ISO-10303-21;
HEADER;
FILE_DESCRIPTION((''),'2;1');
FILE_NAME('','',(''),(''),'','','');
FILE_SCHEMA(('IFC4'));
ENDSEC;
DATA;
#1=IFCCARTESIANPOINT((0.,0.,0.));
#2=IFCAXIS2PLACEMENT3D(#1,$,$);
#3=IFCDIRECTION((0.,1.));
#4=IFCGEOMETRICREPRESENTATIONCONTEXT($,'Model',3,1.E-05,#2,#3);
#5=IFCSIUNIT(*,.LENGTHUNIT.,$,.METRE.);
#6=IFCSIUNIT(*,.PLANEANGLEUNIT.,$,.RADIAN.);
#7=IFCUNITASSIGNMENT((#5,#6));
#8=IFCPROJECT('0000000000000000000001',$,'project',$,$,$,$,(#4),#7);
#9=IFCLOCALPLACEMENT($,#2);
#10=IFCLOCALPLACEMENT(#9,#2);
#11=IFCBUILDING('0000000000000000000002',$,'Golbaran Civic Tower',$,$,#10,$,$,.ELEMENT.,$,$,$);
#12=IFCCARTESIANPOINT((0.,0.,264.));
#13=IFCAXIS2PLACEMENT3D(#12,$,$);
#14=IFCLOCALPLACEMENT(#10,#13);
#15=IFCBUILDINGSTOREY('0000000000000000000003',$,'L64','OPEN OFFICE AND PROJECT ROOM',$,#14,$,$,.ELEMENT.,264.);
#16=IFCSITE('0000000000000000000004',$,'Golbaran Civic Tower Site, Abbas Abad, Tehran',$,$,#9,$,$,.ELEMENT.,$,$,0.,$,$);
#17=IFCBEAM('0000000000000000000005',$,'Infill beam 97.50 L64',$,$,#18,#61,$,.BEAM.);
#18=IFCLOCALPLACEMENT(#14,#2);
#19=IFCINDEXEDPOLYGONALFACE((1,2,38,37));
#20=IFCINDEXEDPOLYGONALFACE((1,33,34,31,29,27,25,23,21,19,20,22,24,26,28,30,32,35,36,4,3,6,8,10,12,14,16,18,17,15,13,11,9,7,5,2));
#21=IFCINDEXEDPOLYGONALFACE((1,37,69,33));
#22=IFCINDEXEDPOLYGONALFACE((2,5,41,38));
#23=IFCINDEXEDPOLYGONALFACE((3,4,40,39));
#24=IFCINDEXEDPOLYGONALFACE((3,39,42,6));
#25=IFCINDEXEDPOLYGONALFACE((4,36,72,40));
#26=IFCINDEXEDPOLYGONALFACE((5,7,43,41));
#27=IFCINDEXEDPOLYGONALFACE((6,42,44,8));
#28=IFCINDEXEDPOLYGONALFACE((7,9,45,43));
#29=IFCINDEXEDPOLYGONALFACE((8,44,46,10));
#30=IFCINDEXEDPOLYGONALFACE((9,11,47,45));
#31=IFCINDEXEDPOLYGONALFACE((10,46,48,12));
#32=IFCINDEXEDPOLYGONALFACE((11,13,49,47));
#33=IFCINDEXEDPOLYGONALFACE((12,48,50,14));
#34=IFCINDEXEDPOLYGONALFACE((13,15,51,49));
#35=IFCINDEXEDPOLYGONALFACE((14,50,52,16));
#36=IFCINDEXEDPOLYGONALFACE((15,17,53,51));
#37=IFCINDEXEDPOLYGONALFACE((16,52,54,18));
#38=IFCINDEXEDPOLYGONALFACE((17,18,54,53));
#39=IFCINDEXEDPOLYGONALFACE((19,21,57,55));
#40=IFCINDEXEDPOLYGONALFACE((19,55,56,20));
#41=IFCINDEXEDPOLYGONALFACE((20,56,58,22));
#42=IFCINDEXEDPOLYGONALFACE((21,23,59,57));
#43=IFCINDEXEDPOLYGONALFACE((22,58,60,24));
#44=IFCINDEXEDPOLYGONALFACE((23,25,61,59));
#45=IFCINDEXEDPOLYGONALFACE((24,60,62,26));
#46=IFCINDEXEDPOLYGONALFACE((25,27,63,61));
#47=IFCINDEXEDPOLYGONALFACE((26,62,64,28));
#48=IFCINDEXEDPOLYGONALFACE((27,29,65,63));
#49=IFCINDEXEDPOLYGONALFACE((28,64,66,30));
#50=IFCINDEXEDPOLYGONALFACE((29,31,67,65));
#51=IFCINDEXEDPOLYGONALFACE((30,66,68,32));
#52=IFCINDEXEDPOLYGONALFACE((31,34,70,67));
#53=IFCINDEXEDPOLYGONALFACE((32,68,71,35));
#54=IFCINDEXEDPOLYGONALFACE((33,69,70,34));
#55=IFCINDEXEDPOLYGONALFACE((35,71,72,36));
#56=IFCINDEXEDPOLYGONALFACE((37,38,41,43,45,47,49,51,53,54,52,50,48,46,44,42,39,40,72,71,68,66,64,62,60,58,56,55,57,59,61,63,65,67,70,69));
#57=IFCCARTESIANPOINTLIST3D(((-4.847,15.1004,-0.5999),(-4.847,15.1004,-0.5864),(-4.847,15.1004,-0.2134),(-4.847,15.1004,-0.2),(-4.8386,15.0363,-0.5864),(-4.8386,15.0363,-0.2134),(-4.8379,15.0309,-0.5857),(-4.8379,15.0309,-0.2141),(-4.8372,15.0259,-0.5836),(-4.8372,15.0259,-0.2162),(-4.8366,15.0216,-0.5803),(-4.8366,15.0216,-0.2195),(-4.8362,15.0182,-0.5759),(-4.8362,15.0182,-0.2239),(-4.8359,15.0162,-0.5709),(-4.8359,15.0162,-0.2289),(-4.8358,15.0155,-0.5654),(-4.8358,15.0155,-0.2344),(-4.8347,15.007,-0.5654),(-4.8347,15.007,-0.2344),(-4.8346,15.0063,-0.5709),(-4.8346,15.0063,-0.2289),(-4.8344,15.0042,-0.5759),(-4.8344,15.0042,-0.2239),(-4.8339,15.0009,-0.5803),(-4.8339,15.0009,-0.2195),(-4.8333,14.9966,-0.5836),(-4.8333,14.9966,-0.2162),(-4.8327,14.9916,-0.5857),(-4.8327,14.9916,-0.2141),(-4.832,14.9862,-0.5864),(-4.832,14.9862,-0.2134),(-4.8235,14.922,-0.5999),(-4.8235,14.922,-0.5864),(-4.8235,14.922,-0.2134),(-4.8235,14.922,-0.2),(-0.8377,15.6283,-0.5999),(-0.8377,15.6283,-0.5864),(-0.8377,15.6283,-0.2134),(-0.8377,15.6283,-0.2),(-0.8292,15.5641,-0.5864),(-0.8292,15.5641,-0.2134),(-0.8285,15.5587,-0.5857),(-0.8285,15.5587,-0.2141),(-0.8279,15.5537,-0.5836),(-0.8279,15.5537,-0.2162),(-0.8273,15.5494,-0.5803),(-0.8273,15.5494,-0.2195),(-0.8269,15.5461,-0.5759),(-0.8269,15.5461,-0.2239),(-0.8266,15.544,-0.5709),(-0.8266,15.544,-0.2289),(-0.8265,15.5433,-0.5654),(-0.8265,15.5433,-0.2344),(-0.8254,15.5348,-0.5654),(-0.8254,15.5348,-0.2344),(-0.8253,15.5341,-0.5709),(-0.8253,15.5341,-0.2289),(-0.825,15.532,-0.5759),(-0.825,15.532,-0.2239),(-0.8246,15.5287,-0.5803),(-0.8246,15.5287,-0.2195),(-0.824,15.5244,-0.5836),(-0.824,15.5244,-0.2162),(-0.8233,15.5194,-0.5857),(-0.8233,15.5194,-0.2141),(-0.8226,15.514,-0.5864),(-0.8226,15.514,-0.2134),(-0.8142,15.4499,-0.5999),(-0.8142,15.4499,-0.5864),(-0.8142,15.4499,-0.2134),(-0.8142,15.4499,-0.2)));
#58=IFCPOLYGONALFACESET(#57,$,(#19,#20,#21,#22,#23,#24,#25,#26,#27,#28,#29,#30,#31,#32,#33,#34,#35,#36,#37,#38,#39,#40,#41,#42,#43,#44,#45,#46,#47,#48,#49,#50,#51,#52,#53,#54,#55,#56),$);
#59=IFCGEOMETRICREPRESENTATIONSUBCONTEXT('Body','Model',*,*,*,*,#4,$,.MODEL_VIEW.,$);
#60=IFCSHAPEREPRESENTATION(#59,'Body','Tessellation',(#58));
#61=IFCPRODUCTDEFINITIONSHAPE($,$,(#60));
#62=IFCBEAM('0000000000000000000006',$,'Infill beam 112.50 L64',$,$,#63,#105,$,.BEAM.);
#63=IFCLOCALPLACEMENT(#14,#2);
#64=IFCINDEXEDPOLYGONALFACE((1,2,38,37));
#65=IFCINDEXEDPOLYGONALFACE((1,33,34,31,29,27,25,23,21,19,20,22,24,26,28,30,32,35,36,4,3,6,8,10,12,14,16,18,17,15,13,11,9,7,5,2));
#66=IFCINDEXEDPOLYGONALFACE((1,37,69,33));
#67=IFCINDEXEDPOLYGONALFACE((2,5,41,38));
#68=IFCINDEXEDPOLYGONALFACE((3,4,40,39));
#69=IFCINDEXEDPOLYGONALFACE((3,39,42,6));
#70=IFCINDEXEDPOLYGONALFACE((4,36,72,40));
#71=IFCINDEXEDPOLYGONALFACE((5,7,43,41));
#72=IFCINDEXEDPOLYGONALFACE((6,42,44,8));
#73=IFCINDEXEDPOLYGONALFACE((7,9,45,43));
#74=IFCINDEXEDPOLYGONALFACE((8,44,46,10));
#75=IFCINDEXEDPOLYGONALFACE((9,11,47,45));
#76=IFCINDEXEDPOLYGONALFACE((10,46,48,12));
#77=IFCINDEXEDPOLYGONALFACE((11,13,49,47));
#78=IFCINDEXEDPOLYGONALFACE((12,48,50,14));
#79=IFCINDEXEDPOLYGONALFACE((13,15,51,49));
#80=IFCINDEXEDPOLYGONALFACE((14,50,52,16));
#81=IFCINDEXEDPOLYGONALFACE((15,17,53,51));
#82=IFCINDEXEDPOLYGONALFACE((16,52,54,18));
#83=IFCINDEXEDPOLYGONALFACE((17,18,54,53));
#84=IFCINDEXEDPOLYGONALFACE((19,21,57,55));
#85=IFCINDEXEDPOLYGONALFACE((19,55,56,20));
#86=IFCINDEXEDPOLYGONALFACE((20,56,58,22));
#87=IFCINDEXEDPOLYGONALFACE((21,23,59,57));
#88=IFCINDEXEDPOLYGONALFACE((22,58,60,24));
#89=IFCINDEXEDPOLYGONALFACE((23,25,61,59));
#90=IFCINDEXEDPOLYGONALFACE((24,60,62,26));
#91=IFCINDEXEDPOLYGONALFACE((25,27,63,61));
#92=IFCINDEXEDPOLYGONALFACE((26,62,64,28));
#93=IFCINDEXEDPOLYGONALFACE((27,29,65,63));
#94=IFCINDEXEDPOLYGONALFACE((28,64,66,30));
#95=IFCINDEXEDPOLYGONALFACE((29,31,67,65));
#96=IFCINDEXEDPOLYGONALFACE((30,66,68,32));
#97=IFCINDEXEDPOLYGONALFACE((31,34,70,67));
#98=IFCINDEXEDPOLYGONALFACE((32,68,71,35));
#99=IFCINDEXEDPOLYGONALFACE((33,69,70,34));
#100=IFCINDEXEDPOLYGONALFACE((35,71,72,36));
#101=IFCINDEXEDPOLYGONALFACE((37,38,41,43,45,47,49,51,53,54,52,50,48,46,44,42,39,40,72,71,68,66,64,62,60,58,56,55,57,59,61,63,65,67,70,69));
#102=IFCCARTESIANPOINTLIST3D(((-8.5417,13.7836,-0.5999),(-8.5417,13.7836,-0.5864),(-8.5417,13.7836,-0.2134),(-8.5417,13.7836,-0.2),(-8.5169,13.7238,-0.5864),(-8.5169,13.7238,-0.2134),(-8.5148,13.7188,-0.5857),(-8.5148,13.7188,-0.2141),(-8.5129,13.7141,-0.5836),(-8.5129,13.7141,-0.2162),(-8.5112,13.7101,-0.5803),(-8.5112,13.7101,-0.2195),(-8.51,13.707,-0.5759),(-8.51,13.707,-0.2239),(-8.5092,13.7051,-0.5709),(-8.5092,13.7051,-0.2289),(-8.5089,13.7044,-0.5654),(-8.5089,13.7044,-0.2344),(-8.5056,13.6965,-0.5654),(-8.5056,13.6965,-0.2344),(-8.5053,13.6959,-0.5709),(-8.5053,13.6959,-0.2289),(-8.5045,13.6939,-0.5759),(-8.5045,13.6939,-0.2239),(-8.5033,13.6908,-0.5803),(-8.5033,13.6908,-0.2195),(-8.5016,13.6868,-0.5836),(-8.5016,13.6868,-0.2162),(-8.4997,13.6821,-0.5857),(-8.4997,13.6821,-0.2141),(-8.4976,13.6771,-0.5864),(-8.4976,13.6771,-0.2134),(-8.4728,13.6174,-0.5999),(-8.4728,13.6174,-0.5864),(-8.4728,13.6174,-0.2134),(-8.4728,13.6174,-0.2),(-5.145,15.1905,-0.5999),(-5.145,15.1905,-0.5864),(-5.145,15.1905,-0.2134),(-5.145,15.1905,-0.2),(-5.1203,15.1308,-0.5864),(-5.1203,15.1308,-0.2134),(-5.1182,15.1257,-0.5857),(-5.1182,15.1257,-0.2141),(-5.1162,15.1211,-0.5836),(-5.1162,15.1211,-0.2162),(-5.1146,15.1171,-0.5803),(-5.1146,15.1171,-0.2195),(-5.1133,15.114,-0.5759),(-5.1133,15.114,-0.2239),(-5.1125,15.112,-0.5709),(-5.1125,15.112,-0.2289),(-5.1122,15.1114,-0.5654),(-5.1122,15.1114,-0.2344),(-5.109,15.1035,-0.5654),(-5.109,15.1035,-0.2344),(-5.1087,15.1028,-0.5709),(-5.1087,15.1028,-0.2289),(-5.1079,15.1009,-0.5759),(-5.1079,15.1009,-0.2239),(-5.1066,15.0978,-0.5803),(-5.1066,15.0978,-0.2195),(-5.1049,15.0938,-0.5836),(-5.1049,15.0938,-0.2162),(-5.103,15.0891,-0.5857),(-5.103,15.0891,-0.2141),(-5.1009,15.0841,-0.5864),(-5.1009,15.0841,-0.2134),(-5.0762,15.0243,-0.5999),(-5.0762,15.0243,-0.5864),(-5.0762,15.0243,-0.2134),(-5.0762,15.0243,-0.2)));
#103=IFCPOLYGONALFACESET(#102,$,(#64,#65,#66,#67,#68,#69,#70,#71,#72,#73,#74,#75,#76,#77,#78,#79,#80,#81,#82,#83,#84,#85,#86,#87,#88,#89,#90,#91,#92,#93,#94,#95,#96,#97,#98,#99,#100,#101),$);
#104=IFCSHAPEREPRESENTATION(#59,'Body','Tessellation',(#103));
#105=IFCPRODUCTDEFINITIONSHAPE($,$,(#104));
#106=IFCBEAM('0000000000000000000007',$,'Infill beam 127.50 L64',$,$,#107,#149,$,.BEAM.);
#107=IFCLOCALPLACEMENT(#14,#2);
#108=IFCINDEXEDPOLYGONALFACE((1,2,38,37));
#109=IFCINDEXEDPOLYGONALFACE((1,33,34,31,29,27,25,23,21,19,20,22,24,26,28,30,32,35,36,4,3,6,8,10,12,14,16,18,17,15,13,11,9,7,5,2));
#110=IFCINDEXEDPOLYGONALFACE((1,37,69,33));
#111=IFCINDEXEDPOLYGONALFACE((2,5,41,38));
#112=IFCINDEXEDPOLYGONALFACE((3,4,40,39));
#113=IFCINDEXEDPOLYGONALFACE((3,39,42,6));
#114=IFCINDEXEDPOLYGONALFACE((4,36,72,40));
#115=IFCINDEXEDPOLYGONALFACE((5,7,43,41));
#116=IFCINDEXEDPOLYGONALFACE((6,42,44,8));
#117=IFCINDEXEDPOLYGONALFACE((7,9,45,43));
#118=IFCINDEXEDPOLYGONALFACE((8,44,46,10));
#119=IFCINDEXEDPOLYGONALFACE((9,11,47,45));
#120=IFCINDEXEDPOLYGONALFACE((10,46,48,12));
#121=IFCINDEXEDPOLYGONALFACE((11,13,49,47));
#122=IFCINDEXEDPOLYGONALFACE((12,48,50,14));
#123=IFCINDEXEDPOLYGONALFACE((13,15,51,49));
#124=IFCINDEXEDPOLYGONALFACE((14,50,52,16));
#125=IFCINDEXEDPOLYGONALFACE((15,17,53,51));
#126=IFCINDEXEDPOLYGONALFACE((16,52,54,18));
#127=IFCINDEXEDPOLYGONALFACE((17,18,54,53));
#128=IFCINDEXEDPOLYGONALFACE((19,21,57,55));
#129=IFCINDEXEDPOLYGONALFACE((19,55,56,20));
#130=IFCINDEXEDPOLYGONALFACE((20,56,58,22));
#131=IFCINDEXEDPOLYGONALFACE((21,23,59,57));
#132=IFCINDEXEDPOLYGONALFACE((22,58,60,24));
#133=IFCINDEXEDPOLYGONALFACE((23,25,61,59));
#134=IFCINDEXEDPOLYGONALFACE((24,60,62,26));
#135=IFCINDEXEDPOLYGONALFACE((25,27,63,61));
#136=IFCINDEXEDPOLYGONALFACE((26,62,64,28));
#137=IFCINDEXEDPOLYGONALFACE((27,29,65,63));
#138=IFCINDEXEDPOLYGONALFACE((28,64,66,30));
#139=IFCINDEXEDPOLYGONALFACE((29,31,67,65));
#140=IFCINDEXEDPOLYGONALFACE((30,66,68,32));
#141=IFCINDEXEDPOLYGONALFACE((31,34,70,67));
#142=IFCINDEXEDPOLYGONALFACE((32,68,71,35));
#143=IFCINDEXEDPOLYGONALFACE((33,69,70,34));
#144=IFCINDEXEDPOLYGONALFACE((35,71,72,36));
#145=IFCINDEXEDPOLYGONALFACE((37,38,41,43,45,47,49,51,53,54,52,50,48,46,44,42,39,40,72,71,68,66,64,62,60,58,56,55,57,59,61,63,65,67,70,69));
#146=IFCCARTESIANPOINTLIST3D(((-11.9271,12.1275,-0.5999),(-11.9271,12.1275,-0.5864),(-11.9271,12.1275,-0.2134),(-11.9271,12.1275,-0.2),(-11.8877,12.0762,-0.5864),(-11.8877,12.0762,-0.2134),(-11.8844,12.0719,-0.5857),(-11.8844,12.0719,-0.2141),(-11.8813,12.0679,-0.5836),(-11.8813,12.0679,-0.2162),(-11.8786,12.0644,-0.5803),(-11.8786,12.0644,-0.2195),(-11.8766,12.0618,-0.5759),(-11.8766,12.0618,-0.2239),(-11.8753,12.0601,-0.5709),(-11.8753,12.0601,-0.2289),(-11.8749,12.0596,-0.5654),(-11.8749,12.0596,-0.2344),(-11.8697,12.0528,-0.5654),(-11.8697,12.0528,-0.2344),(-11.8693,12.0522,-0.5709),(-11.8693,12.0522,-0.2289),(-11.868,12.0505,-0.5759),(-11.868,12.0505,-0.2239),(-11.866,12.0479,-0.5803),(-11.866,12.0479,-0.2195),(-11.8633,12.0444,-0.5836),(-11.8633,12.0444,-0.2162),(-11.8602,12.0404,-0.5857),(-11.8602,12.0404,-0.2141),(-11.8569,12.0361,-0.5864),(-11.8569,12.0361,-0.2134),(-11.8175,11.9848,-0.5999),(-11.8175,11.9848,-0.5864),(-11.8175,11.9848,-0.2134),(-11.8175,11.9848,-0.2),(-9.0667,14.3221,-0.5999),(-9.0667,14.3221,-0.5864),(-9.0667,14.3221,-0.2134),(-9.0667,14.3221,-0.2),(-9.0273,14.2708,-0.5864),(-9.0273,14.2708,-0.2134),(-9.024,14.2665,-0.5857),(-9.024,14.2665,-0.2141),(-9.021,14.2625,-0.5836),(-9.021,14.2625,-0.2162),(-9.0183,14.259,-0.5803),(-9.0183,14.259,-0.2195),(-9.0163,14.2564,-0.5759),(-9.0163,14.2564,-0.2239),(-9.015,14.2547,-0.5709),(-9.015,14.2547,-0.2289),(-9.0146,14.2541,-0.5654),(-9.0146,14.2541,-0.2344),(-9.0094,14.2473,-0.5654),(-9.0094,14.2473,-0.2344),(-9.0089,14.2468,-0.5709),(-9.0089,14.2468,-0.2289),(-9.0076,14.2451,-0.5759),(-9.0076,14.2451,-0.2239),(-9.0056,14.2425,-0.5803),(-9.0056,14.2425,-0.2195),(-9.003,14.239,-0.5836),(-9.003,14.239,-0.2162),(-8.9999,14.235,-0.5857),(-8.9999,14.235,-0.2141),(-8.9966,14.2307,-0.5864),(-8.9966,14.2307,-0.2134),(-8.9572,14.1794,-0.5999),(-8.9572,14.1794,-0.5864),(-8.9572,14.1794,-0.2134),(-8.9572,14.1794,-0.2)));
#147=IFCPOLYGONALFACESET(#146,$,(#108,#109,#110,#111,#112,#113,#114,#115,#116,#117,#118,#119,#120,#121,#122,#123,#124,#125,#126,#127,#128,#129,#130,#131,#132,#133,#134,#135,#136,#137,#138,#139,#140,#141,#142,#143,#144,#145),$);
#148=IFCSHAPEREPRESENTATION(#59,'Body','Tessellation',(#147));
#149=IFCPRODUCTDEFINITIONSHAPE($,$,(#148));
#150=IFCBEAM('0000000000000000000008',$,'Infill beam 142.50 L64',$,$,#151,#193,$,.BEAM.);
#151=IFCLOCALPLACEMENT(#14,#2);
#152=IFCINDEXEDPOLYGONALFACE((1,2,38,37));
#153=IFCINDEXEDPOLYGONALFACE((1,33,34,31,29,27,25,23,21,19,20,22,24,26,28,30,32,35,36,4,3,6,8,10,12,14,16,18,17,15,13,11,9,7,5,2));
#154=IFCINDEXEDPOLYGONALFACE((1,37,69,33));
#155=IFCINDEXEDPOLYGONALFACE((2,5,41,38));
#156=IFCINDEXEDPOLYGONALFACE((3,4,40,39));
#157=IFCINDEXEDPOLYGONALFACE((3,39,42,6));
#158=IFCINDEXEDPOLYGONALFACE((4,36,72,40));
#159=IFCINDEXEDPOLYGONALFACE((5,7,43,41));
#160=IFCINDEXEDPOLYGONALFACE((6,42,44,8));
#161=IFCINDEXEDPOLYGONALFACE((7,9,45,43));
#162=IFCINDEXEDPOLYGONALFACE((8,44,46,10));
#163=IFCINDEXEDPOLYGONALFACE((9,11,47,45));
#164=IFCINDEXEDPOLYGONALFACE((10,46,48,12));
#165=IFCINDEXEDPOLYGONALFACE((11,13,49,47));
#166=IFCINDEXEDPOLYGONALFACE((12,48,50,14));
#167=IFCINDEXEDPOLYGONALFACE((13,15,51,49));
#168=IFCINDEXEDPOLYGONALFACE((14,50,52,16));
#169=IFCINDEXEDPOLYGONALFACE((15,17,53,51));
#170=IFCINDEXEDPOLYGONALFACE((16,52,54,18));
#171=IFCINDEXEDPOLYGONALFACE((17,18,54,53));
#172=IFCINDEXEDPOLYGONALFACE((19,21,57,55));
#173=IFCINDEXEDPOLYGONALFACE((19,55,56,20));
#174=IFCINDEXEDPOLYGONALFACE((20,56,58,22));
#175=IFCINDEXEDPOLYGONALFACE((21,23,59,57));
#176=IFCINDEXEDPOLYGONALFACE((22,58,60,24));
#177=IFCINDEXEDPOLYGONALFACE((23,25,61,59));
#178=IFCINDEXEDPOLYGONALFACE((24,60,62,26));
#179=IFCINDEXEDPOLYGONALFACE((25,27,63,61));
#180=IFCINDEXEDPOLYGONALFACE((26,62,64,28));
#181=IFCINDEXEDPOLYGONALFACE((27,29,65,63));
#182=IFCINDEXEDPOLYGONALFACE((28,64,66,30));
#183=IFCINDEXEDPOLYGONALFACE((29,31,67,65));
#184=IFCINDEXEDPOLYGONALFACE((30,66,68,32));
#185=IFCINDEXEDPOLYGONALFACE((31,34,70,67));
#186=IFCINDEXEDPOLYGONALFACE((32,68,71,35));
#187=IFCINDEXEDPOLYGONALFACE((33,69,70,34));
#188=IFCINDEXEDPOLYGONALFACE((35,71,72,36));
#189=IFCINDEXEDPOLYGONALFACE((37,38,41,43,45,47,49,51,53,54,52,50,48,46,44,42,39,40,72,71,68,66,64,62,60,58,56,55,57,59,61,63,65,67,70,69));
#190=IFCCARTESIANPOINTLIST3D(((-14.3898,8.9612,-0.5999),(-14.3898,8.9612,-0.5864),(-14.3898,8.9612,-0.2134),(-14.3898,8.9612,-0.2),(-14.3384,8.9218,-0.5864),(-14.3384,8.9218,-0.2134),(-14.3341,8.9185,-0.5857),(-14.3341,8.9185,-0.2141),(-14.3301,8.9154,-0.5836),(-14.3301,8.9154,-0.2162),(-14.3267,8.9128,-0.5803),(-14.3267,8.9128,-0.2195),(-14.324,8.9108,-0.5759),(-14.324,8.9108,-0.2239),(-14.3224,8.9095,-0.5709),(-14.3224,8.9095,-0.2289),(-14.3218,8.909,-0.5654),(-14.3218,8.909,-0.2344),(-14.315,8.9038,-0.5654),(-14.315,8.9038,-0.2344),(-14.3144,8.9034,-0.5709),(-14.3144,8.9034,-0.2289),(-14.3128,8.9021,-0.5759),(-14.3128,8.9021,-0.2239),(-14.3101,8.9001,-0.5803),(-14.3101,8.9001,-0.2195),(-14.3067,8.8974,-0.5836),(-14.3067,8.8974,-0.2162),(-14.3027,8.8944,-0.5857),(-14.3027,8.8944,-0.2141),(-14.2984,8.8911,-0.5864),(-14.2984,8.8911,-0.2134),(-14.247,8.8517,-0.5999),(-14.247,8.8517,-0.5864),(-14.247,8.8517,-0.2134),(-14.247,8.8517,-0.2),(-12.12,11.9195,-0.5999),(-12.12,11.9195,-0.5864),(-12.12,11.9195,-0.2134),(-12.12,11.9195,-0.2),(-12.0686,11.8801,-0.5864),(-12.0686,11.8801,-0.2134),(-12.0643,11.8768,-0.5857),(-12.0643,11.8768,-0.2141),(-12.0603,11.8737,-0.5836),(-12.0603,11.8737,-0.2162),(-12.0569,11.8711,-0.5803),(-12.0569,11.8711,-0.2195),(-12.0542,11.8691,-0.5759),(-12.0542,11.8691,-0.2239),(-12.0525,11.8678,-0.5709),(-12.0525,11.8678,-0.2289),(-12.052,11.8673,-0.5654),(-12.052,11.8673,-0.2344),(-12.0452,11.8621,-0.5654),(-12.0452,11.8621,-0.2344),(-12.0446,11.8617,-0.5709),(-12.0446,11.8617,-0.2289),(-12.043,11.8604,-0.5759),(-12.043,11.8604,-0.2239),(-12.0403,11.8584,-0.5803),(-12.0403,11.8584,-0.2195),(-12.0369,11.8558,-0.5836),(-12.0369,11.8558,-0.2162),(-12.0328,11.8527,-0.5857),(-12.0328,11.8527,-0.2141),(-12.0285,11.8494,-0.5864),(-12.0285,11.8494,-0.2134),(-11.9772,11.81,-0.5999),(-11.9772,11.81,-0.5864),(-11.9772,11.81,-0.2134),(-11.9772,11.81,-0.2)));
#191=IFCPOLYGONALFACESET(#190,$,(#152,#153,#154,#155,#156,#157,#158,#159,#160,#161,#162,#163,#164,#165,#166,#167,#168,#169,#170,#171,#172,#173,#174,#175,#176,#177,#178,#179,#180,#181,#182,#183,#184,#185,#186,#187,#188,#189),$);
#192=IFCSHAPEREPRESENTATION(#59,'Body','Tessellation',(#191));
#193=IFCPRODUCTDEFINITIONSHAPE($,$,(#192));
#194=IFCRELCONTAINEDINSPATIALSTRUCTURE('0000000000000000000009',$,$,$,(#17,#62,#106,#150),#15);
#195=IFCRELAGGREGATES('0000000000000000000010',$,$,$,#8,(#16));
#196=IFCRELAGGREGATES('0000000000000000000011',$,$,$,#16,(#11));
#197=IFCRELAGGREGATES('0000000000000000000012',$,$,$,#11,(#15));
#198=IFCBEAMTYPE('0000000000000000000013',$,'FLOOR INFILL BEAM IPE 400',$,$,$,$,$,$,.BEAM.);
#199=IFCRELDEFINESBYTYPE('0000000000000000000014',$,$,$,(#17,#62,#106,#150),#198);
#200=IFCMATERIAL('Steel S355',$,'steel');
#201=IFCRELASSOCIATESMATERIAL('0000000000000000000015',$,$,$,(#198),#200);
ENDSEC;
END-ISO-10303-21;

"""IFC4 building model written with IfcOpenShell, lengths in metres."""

from ifc_helpers import new_model, si_unit, direction, frame, origin, origin_2d, place, context, subcontext, project, spatial, i_section, extrude, material, material_profile, profile_set, type_object, element, save


model = new_model("IFC4")

# Units and contexts
model_context = context("Model", 3, precision=1e-05, world=origin(), true_north=direction((0.0, 1.0)))
body_context = subcontext(model_context, "Body", "Model", "MODEL_VIEW")
ifc_project = project(units=[si_unit("LENGTHUNIT", "METRE"), si_unit("PLANEANGLEUNIT", "RADIAN")], contexts=[model_context])

# Site, building, storey
site_placement = place(None, origin())
site = spatial("IfcSite", under=ifc_project, at=site_placement, Name="Golbaran Civic Tower Site, Abbas Abad, Tehran", CompositionType="ELEMENT", RefElevation=0.0)
building_placement = place(site_placement, origin())
building = spatial("IfcBuilding", under=site, at=building_placement, Name="Golbaran Civic Tower", CompositionType="ELEMENT")
storey_placement = place(building_placement, frame((0.0, 0.0, 264.0)))
storey = spatial("IfcBuildingStorey", under=building, at=storey_placement, Name="L64", Description="OPEN OFFICE AND PROJECT ROOM", CompositionType="ELEMENT", Elevation=264.0)

# Beams
ifc_material_1 = material(Name="Steel S355", Category="steel")
ifc_material_profile_1 = material_profile(ifc_material_1, i_section(OverallWidth=0.1799, OverallDepth=0.3999, WebThickness=0.0085, FlangeThickness=0.0134, FilletRadius=0.021, at=origin_2d()), Name="IPE 400")
ifc_profile_set_1 = profile_set([ifc_material_profile_1], Name="Steel S355")
beam_type_1 = type_object("IfcBeamType", Name="FLOOR INFILL BEAM IPE 400", PredefinedType="BEAM", material=ifc_profile_set_1)
beam_1_placement = place(storey_placement, frame((-0.8259, 15.5391, -0.3999), z_axis=(-0.991445, -0.130526, 0.0), x_axis=(0.130526, -0.991445, 0.0)))
element("IfcBeam", 1, at=beam_1_placement, inside=storey, type_object=beam_type_1, Name="Infill beam 97.50 L64", PredefinedType="BEAM", context=body_context, shape_type="SweptSolid", body=[
    extrude(i_section(OverallWidth=0.1799, OverallDepth=0.3999, WebThickness=0.0085, FlangeThickness=0.0134, FilletRadius=0.021, at=origin_2d()), origin(), (0.0, 0.0, 1.0), 4.0439),
])
beam_2_placement = place(storey_placement, frame((-5.1106, 15.1074, -0.3999), z_axis=(-0.923878, -0.382686, 0.0), x_axis=(0.382686, -0.923878, 0.0)))
element("IfcBeam", 2, at=beam_2_placement, inside=storey, type_object=beam_type_1, Name="Infill beam 112.50 L64", PredefinedType="BEAM", context=body_context, shape_type="SweptSolid", body=[
    extrude(i_section(OverallWidth=0.1799, OverallDepth=0.3999, WebThickness=0.0085, FlangeThickness=0.0134, FilletRadius=0.021, at=origin_2d()), origin(), (0.0, 0.0, 1.0), 3.6765),
])
beam_3_placement = place(storey_placement, frame((-9.012, 14.2507, -0.3999), z_axis=(-0.793386, -0.608719, 0.0), x_axis=(0.608719, -0.793386, 0.0)))
element("IfcBeam", 3, at=beam_3_placement, inside=storey, type_object=beam_type_1, Name="Infill beam 127.50 L64", PredefinedType="BEAM", context=body_context, shape_type="SweptSolid", body=[
    extrude(i_section(OverallWidth=0.1799, OverallDepth=0.3999, WebThickness=0.0085, FlangeThickness=0.0134, FilletRadius=0.021, at=origin_2d()), origin(), (0.0, 0.0, 1.0), 3.6052),
])
beam_4_placement = place(storey_placement, frame((-12.0486, 11.8647, -0.3999), z_axis=(-0.608733, -0.793376, 0.0), x_axis=(0.793376, -0.608733, 0.0)))
element("IfcBeam", 4, at=beam_4_placement, inside=storey, type_object=beam_type_1, Name="Infill beam 142.50 L64", PredefinedType="BEAM", context=body_context, shape_type="SweptSolid", body=[
    extrude(i_section(OverallWidth=0.1799, OverallDepth=0.3999, WebThickness=0.0085, FlangeThickness=0.0134, FilletRadius=0.021, at=origin_2d()), origin(), (0.0, 0.0, 1.0), 3.7288),
])

save(model, "model.ifc")
